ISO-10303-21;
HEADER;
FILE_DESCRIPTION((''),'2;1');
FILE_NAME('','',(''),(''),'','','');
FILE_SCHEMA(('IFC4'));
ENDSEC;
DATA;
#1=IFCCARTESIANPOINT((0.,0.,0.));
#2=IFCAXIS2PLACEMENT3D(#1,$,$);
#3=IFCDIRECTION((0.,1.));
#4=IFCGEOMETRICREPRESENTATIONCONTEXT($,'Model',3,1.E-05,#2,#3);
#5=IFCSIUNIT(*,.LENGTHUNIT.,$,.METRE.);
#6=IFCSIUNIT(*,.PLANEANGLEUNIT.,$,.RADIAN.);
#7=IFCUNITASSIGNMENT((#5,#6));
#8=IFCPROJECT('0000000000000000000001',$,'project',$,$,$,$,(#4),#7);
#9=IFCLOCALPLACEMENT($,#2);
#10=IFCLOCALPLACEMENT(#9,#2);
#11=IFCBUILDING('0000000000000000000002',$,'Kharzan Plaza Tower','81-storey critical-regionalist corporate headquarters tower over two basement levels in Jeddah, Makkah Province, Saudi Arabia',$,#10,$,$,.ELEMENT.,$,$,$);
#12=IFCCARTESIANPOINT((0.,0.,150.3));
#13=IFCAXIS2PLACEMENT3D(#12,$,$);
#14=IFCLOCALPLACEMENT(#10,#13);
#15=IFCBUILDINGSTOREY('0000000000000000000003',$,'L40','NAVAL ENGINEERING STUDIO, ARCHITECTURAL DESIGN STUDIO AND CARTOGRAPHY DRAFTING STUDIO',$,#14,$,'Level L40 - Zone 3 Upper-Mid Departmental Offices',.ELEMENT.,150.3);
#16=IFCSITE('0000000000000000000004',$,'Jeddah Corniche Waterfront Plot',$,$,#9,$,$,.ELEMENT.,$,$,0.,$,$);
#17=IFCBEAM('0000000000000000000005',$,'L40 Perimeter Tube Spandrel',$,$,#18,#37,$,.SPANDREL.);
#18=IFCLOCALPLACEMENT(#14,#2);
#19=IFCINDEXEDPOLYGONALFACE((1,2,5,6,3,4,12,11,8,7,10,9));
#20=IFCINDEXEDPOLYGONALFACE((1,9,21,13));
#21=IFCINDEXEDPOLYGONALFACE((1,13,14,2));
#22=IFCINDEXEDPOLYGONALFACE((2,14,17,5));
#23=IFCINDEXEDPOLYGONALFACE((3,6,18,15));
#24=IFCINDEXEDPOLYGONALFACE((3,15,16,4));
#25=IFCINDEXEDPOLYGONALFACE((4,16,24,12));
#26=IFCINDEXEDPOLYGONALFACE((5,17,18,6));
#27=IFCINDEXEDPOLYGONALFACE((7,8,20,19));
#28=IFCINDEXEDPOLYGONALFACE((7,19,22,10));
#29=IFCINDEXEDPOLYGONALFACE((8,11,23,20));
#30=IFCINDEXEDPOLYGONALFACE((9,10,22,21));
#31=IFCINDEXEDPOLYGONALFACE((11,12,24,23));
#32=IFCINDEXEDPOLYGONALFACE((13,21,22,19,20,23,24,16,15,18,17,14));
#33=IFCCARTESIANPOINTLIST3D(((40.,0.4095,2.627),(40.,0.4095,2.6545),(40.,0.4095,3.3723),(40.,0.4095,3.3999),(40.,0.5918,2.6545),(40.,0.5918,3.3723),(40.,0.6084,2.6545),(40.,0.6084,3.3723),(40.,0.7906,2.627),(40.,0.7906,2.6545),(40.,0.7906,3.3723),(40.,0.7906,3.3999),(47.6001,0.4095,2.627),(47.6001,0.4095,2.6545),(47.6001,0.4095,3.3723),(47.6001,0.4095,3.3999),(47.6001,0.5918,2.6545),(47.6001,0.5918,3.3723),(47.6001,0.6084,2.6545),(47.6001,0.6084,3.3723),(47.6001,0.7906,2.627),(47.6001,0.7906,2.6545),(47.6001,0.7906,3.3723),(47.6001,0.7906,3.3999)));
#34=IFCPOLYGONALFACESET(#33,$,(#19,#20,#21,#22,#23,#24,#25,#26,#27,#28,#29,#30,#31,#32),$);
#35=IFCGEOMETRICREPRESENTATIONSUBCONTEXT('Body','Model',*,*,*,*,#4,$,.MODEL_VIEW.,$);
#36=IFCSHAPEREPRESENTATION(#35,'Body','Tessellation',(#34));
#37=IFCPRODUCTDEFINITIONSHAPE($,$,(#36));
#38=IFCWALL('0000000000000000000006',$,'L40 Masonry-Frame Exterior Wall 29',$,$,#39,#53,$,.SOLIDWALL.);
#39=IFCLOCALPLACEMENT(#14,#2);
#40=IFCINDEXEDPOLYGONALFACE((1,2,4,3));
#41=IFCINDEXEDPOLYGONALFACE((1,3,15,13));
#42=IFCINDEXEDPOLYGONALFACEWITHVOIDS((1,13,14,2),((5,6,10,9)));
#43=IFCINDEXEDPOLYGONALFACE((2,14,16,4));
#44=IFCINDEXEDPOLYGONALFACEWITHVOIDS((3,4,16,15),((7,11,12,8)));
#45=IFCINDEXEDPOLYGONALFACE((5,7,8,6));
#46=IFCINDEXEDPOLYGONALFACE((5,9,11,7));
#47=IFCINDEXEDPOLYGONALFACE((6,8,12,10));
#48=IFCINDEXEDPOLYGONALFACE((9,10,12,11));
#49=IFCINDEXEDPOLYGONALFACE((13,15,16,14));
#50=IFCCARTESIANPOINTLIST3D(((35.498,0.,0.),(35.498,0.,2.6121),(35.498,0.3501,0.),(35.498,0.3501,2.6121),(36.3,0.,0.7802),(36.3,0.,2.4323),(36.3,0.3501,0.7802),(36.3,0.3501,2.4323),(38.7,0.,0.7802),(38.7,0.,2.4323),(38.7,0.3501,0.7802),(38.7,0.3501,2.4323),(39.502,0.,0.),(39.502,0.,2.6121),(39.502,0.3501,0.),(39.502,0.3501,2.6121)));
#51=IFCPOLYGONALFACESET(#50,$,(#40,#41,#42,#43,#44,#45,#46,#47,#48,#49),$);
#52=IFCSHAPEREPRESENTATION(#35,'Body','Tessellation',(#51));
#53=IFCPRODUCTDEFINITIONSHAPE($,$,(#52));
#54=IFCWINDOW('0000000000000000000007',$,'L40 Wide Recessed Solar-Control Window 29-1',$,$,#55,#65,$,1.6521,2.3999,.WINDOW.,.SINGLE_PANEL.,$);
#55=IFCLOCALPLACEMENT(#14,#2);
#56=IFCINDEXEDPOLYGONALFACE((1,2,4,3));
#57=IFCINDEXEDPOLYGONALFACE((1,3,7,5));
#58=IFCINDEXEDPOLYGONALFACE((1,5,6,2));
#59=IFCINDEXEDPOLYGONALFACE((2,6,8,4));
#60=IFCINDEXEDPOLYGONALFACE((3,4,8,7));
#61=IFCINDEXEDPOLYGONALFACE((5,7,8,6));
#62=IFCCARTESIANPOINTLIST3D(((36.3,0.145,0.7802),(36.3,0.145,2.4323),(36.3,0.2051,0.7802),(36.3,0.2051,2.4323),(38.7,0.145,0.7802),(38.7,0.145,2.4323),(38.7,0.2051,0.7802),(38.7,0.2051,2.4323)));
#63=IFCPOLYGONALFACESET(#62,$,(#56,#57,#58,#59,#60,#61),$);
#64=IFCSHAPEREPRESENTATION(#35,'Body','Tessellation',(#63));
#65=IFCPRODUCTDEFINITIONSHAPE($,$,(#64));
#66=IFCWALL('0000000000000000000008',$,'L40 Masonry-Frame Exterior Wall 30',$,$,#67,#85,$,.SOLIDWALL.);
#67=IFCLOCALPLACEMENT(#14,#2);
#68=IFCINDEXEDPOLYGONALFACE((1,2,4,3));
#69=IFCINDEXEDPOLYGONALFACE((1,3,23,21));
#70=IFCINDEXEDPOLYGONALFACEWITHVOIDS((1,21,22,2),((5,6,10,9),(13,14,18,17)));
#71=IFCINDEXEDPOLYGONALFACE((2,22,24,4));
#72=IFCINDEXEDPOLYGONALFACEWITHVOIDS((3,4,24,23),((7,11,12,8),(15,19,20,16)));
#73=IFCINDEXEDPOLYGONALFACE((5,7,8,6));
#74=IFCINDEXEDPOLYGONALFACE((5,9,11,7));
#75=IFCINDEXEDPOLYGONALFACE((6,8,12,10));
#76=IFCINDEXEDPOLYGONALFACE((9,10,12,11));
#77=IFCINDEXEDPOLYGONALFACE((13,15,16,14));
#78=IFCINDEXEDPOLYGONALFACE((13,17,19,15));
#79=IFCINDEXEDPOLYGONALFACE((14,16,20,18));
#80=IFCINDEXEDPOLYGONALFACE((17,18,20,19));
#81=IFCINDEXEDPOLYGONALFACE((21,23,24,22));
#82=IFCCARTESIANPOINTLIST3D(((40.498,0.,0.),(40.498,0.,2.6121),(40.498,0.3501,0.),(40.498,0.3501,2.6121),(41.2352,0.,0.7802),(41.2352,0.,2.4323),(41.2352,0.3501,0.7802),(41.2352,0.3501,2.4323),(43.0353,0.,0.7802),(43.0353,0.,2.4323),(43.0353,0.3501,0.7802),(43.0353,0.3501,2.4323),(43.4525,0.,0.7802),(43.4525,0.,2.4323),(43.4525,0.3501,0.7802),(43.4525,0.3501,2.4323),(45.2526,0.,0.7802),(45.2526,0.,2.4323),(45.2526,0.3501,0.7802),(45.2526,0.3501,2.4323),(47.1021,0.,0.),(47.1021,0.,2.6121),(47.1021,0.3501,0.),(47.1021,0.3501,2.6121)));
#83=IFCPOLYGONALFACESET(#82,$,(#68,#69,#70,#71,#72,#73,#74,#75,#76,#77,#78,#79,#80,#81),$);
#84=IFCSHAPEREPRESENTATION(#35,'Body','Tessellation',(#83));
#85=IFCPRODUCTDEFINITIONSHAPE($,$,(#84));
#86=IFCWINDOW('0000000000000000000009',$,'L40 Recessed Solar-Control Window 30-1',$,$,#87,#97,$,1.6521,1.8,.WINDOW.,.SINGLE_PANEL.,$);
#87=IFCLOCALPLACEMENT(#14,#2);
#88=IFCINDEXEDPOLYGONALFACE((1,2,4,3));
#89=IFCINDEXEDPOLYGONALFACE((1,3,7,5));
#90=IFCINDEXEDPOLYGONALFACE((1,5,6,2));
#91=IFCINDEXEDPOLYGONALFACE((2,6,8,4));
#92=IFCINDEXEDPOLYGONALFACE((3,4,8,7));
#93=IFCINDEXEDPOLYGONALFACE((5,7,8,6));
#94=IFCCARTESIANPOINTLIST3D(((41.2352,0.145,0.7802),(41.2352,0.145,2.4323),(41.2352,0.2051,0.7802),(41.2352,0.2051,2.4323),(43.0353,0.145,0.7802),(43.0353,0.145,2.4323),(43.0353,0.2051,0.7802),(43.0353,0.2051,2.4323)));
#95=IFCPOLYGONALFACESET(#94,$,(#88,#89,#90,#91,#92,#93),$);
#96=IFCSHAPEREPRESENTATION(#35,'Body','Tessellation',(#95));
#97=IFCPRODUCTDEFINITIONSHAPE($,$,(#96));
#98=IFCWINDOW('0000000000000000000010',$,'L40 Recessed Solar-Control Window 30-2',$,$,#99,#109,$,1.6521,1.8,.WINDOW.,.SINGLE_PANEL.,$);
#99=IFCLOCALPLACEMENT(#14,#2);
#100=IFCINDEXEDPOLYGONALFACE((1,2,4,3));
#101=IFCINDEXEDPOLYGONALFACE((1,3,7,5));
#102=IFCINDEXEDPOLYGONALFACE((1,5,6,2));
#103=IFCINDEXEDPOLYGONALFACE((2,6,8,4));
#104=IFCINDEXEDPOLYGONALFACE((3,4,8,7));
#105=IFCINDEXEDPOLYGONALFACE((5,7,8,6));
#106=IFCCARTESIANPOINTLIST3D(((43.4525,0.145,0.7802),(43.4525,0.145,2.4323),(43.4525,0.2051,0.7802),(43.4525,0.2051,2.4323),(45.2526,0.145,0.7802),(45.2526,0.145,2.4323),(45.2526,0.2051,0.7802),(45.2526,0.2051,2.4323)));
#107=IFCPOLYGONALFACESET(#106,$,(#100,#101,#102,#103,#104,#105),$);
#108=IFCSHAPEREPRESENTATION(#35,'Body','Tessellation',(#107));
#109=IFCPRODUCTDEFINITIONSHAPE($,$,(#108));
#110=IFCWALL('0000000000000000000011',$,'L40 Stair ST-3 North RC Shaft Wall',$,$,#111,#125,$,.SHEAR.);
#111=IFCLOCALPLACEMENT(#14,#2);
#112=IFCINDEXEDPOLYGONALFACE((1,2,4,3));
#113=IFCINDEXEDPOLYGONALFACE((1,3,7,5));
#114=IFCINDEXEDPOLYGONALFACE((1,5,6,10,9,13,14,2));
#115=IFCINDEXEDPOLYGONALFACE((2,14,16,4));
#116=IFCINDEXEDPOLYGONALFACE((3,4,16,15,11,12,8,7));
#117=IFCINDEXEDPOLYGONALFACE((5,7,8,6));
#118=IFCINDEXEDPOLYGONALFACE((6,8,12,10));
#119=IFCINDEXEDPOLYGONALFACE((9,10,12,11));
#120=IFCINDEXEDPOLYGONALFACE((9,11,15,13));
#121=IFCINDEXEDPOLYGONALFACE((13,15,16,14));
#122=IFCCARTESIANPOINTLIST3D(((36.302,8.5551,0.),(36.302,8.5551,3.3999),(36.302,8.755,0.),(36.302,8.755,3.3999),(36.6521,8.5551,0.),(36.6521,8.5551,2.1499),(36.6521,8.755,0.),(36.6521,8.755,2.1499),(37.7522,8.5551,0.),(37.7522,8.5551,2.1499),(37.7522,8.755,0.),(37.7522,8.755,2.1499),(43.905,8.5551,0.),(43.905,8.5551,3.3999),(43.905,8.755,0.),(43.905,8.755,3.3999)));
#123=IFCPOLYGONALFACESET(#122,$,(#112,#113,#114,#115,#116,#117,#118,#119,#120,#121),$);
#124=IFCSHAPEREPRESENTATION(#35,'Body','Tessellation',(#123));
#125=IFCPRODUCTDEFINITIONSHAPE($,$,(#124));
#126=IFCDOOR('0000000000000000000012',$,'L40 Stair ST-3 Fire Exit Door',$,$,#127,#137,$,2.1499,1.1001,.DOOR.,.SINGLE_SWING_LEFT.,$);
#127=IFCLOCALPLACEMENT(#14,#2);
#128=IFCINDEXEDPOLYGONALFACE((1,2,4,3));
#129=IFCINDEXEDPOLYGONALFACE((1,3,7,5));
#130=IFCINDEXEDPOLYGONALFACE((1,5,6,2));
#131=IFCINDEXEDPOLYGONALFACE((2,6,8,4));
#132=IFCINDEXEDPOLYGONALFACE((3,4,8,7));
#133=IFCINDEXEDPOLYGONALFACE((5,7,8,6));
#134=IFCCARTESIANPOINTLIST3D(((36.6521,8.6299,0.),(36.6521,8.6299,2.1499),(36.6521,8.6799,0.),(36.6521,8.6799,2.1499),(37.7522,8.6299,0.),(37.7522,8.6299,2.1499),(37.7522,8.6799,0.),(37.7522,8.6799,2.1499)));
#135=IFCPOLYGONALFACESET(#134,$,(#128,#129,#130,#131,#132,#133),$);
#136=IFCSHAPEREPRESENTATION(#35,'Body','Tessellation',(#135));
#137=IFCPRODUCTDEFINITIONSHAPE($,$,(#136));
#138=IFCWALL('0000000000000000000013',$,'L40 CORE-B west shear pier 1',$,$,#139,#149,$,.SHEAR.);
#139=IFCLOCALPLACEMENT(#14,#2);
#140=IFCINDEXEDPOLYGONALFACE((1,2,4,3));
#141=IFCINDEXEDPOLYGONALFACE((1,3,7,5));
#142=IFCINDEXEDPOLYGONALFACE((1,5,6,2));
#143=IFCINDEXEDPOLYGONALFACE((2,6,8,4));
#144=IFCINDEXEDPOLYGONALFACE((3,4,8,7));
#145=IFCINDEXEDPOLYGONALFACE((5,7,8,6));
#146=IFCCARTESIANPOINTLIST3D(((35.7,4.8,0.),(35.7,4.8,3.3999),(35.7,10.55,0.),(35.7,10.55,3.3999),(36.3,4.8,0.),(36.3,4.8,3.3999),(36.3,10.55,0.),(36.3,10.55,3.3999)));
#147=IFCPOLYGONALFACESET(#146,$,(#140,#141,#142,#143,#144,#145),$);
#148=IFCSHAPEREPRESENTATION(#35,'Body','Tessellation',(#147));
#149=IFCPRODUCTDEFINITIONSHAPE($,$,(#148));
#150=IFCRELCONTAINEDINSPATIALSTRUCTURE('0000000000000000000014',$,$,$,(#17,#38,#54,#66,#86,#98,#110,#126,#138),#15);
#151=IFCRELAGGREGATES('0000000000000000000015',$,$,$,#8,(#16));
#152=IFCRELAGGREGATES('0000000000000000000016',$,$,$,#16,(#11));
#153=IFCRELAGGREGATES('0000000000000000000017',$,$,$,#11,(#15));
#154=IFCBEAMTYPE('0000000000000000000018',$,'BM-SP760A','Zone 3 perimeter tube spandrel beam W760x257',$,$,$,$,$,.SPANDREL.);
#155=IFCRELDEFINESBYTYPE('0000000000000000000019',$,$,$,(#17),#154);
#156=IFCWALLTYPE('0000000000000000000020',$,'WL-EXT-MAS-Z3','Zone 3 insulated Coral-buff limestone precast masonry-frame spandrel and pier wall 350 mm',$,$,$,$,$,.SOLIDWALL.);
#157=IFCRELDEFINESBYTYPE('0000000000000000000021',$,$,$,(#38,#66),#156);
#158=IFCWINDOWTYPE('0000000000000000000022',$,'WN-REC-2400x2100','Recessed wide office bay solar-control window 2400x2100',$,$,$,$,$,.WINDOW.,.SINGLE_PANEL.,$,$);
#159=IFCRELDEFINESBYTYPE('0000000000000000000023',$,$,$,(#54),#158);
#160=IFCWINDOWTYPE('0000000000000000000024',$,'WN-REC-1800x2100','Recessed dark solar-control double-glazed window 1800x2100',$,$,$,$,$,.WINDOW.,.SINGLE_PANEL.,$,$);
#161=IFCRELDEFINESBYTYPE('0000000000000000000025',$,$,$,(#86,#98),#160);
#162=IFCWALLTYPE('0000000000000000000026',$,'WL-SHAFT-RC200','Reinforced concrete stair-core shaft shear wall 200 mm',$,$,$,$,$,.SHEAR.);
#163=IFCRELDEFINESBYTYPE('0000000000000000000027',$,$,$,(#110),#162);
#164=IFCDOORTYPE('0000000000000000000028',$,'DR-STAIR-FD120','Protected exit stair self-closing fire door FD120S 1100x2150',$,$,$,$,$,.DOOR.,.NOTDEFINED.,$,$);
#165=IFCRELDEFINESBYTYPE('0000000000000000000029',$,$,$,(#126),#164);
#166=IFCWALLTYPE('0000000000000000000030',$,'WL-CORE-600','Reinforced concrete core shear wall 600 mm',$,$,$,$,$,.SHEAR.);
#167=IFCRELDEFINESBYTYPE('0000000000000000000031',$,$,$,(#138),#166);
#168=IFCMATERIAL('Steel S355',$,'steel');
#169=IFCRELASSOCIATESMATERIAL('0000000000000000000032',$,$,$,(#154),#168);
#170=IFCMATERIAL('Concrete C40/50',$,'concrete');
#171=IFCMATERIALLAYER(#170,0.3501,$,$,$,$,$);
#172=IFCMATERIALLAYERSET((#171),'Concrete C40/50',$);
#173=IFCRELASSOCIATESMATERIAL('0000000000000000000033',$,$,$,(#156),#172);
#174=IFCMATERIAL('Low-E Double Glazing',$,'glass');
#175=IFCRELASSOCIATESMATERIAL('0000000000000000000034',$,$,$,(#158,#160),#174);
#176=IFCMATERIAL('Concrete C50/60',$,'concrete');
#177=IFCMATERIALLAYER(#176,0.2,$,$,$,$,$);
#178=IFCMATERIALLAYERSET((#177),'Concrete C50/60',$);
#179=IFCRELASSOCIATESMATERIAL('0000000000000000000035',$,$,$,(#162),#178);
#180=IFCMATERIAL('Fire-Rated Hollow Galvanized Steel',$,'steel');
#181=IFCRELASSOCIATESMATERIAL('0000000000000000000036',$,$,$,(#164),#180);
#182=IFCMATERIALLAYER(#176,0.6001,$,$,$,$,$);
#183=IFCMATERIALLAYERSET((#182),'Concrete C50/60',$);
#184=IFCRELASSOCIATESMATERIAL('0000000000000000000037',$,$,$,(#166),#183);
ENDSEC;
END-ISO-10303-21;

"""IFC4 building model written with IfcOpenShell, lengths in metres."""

from ifc_helpers import new_model, si_unit, direction, frame, frame_2d, origin, origin_2d, place, context, subcontext, project, spatial, rectangle, i_section, extrude, source, transform, mapped, material, layer, layer_set, material_profile, profile_set, type_object, element, fill, save


model = new_model("IFC4")

# Units and contexts
model_context = context("Model", 3, precision=1e-05, world=origin(), true_north=direction((0.0, 1.0)))
body_context = subcontext(model_context, "Body", "Model", "MODEL_VIEW")
ifc_project = project(units=[si_unit("LENGTHUNIT", "METRE"), si_unit("PLANEANGLEUNIT", "RADIAN")], contexts=[model_context])

# Site, building, storey
site_placement = place(None, origin())
site = spatial("IfcSite", under=ifc_project, at=site_placement, Name="Jeddah Corniche Waterfront Plot", CompositionType="ELEMENT", RefElevation=0.0)
building_placement = place(site_placement, origin())
building = spatial("IfcBuilding", under=site, at=building_placement, Name="Kharzan Plaza Tower", Description="81-storey critical-regionalist corporate headquarters tower over two basement levels in Jeddah, Makkah Province, Saudi Arabia", CompositionType="ELEMENT")
storey_placement = place(building_placement, frame((0.0, 0.0, 150.3)))
storey = spatial("IfcBuildingStorey", under=building, at=storey_placement, Name="L40", Description="NAVAL ENGINEERING STUDIO, ARCHITECTURAL DESIGN STUDIO AND CARTOGRAPHY DRAFTING STUDIO", LongName="Level L40 - Zone 3 Upper-Mid Departmental Offices", CompositionType="ELEMENT", Elevation=150.3)

# Shared definitions
ifc_material_1 = material(Name="Concrete C50/60", Category="concrete")

# Beam
ifc_material_2 = material(Name="Steel S355", Category="steel")
ifc_material_profile_1 = material_profile(ifc_material_2, i_section(OverallWidth=0.3811, OverallDepth=0.7729, WebThickness=0.0166, FlangeThickness=0.0276, at=origin_2d()), Name="W760x257")
ifc_profile_set_1 = profile_set([ifc_material_profile_1], Name="Steel S355")
beam_type_1 = type_object("IfcBeamType", Name="BM-SP760A", Description="Zone 3 perimeter tube spandrel beam W760x257", PredefinedType="SPANDREL", material=ifc_profile_set_1)
shared_shape_1 = source(origin(), body_context, "Body", "SweptSolid", [
    extrude(i_section(OverallWidth=0.3811, OverallDepth=0.7729, WebThickness=0.0166, FlangeThickness=0.0276, at=origin_2d()), origin(), (0.0, 0.0, 1.0), 7.6001),
])
beam_1_placement = place(storey_placement, frame((40.0, 0.6001, 3.0134), z_axis=(1.0, 0.0, 0.0), x_axis=(0.0, 1.0, 0.0)))
element("IfcBeam", 1, at=beam_1_placement, inside=storey, type_object=beam_type_1, Name="L40 Perimeter Tube Spandrel", PredefinedType="SPANDREL", context=body_context, shape_type="MappedRepresentation", body=[
    mapped(shared_shape_1, transform((0.0, 0.0, 0.0), x_axis=(1.0, 0.0, 0.0), y_axis=(0.0, 1.0, 0.0), z_axis=(0.0, 0.0, 1.0))),
])

# Wall, opening, window
ifc_material_3 = material(Name="Concrete C40/50", Category="concrete")
ifc_layer_1 = layer(ifc_material_3, 0.3501)
ifc_layer_set_1 = layer_set([ifc_layer_1], Name="Concrete C40/50")
wall_type_1 = type_object("IfcWallType", Name="WL-EXT-MAS-Z3", Description="Zone 3 insulated Coral-buff limestone precast masonry-frame spandrel and pier wall 350 mm", PredefinedType="SOLIDWALL", material=ifc_layer_set_1)
wall_1_placement = place(storey_placement, frame((35.498, 0.175, 0.0), z_axis=(0.0, 0.0, 1.0), x_axis=(1.0, 0.0, 0.0)))
wall_1 = element("IfcWall", 2, at=wall_1_placement, inside=storey, type_object=wall_type_1, Name="L40 Masonry-Frame Exterior Wall 29", PredefinedType="SOLIDWALL", context=body_context, shape_type="SweptSolid", body=[
    extrude(rectangle(XDim=4.0039, YDim=0.3501, at=frame_2d((2.002, 0.0))), origin(), (0.0, 0.0, 1.0), 2.6121),
])
opening_1_placement = place(wall_1_placement, frame((0.802, 0.0, 0.78)))
opening_1 = element("IfcOpeningElement", 3, at=opening_1_placement, cuts=wall_1, PredefinedType="OPENING", context=body_context, shape_type="SweptSolid", body=[
    extrude(rectangle(XDim=2.3999, YDim=1.6521, at=frame_2d((1.2, 0.8262))), frame((0.0, 0.1851, 0.0), z_axis=(0.0, -1.0, 0.0), x_axis=(1.0, 0.0, 0.0)), (0.0, 0.0, 1.0), 0.3701),
])
ifc_material_4 = material(Name="Low-E Double Glazing", Category="glass")
window_type_1 = type_object("IfcWindowType", Name="WN-REC-2400x2100", Description="Recessed wide office bay solar-control window 2400x2100", PartitioningType="SINGLE_PANEL", PredefinedType="WINDOW", material=ifc_material_4)
shared_shape_2 = source(origin(), body_context, "Body", "SweptSolid", [
    extrude(rectangle(XDim=2.3999, YDim=1.6521, at=frame_2d((1.2, 0.8262))), frame((0.0, 0.03, 0.0), z_axis=(0.0, -1.0, 0.0), x_axis=(1.0, 0.0, 0.0)), (0.0, 0.0, 1.0), 0.0601),
])
window_1_placement = place(opening_1_placement, origin())
window_1 = element("IfcWindow", 4, at=window_1_placement, inside=storey, type_object=window_type_1, Name="L40 Wide Recessed Solar-Control Window 29-1", OverallHeight=1.6521, OverallWidth=2.3999, PartitioningType="SINGLE_PANEL", PredefinedType="WINDOW", context=body_context, shape_type="MappedRepresentation", body=[
    mapped(shared_shape_2, transform((0.0, 0.0, 0.0), x_axis=(1.0, 0.0, 0.0), y_axis=(0.0, 1.0, 0.0), z_axis=(0.0, 0.0, 1.0))),
])
fill(opening_1, window_1)

# Wall, openings, windows
wall_2_placement = place(storey_placement, frame((40.498, 0.175, 0.0), z_axis=(0.0, 0.0, 1.0), x_axis=(1.0, 0.0, 0.0)))
wall_2 = element("IfcWall", 5, at=wall_2_placement, inside=storey, type_object=wall_type_1, Name="L40 Masonry-Frame Exterior Wall 30", PredefinedType="SOLIDWALL", context=body_context, shape_type="SweptSolid", body=[
    extrude(rectangle(XDim=6.604, YDim=0.3501, at=frame_2d((3.302, 0.0))), origin(), (0.0, 0.0, 1.0), 2.6121),
])
opening_2_placement = place(wall_2_placement, frame((0.7373, 0.0, 0.78)))
opening_2 = element("IfcOpeningElement", 6, at=opening_2_placement, cuts=wall_2, PredefinedType="OPENING", context=body_context, shape_type="SweptSolid", body=[
    extrude(rectangle(XDim=1.8, YDim=1.6521, at=frame_2d((0.8999, 0.8262))), frame((0.0, 0.1851, 0.0), z_axis=(0.0, -1.0, 0.0), x_axis=(1.0, 0.0, 0.0)), (0.0, 0.0, 1.0), 0.3701),
])
opening_3_placement = place(wall_2_placement, frame((2.9546, 0.0, 0.78)))
opening_3 = element("IfcOpeningElement", 7, at=opening_3_placement, cuts=wall_2, PredefinedType="OPENING", context=body_context, shape_type="SweptSolid", body=[
    extrude(rectangle(XDim=1.8, YDim=1.6521, at=frame_2d((0.8999, 0.8262))), frame((0.0, 0.1851, 0.0), z_axis=(0.0, -1.0, 0.0), x_axis=(1.0, 0.0, 0.0)), (0.0, 0.0, 1.0), 0.3701),
])
window_type_2 = type_object("IfcWindowType", Name="WN-REC-1800x2100", Description="Recessed dark solar-control double-glazed window 1800x2100", PartitioningType="SINGLE_PANEL", PredefinedType="WINDOW", material=ifc_material_4)
shared_shape_3 = source(origin(), body_context, "Body", "SweptSolid", [
    extrude(rectangle(XDim=1.8, YDim=1.6521, at=frame_2d((0.8999, 0.8262))), frame((0.0, 0.03, 0.0), z_axis=(0.0, -1.0, 0.0), x_axis=(1.0, 0.0, 0.0)), (0.0, 0.0, 1.0), 0.0601),
])
window_2_placement = place(opening_2_placement, origin())
window_2 = element("IfcWindow", 8, at=window_2_placement, inside=storey, type_object=window_type_2, Name="L40 Recessed Solar-Control Window 30-1", OverallHeight=1.6521, OverallWidth=1.8, PartitioningType="SINGLE_PANEL", PredefinedType="WINDOW", context=body_context, shape_type="MappedRepresentation", body=[
    mapped(shared_shape_3, transform((0.0, 0.0, 0.0), x_axis=(1.0, 0.0, 0.0), y_axis=(0.0, 1.0, 0.0), z_axis=(0.0, 0.0, 1.0))),
])
fill(opening_2, window_2)
window_3_placement = place(opening_3_placement, origin())
window_3 = element("IfcWindow", 9, at=window_3_placement, inside=storey, type_object=window_type_2, Name="L40 Recessed Solar-Control Window 30-2", OverallHeight=1.6521, OverallWidth=1.8, PartitioningType="SINGLE_PANEL", PredefinedType="WINDOW", context=body_context, shape_type="MappedRepresentation", body=[
    mapped(shared_shape_3, transform((0.0, 0.0, 0.0), x_axis=(1.0, 0.0, 0.0), y_axis=(0.0, 1.0, 0.0), z_axis=(0.0, 0.0, 1.0))),
])
fill(opening_3, window_3)

# Wall, opening, door
ifc_layer_2 = layer(ifc_material_1, 0.2)
ifc_layer_set_2 = layer_set([ifc_layer_2], Name="Concrete C50/60")
wall_type_2 = type_object("IfcWallType", Name="WL-SHAFT-RC200", Description="Reinforced concrete stair-core shaft shear wall 200 mm", PredefinedType="SHEAR", material=ifc_layer_set_2)
wall_3_placement = place(storey_placement, frame((36.302, 8.655, 0.0), z_axis=(0.0, 0.0, 1.0), x_axis=(1.0, 0.0, 0.0)))
wall_3 = element("IfcWall", 10, at=wall_3_placement, inside=storey, type_object=wall_type_2, Name="L40 Stair ST-3 North RC Shaft Wall", PredefinedType="SHEAR", context=body_context, shape_type="SweptSolid", body=[
    extrude(rectangle(XDim=7.603, YDim=0.2, at=frame_2d((3.8015, 0.0))), origin(), (0.0, 0.0, 1.0), 3.3999),
])
opening_4_placement = place(wall_3_placement, frame((0.3501, 0.0, 0.0)))
opening_4 = element("IfcOpeningElement", 11, at=opening_4_placement, cuts=wall_3, PredefinedType="OPENING", context=body_context, shape_type="SweptSolid", body=[
    extrude(rectangle(XDim=1.1001, YDim=2.1499, at=frame_2d((0.55, 1.075))), frame((0.0, 0.1099, 0.0), z_axis=(0.0, -1.0, 0.0), x_axis=(1.0, 0.0, 0.0)), (0.0, 0.0, 1.0), 0.22),
])
ifc_material_5 = material(Name="Fire-Rated Hollow Galvanized Steel", Category="steel")
door_type = type_object("IfcDoorType", Name="DR-STAIR-FD120", Description="Protected exit stair self-closing fire door FD120S 1100x2150", OperationType="NOTDEFINED", PredefinedType="DOOR", material=ifc_material_5)
shared_shape_4 = source(origin(), body_context, "Body", "SweptSolid", [
    extrude(rectangle(XDim=1.1001, YDim=2.1499, at=frame_2d((0.55, 1.075))), frame((0.0, 0.0249, 0.0), z_axis=(0.0, -1.0, 0.0), x_axis=(1.0, 0.0, 0.0)), (0.0, 0.0, 1.0), 0.05),
])
door_placement = place(opening_4_placement, origin())
door = element("IfcDoor", 12, at=door_placement, inside=storey, type_object=door_type, Name="L40 Stair ST-3 Fire Exit Door", OperationType="SINGLE_SWING_LEFT", OverallHeight=2.1499, OverallWidth=1.1001, PredefinedType="DOOR", context=body_context, shape_type="MappedRepresentation", body=[
    mapped(shared_shape_4, transform((0.0, 0.0, 0.0), x_axis=(1.0, 0.0, 0.0), y_axis=(0.0, 1.0, 0.0), z_axis=(0.0, 0.0, 1.0))),
])
fill(opening_4, door)

# Wall
ifc_layer_3 = layer(ifc_material_1, 0.6001)
ifc_layer_set_3 = layer_set([ifc_layer_3], Name="Concrete C50/60")
wall_type_3 = type_object("IfcWallType", Name="WL-CORE-600", Description="Reinforced concrete core shear wall 600 mm", PredefinedType="SHEAR", material=ifc_layer_set_3)
shared_shape_5 = source(origin(), body_context, "Body", "SweptSolid", [
    extrude(rectangle(XDim=5.75, YDim=0.6001, at=frame_2d((2.875, 0.0))), origin(), (0.0, 0.0, 1.0), 3.3999),
])
wall_4_placement = place(storey_placement, frame((36.0, 4.8, 0.0), z_axis=(0.0, 0.0, 1.0), x_axis=(0.0, 1.0, 0.0)))
element("IfcWall", 13, at=wall_4_placement, inside=storey, type_object=wall_type_3, Name="L40 CORE-B west shear pier 1", PredefinedType="SHEAR", context=body_context, shape_type="MappedRepresentation", body=[
    mapped(shared_shape_5, transform((0.0, 0.0, 0.0), x_axis=(1.0, 0.0, 0.0), y_axis=(0.0, 1.0, 0.0), z_axis=(0.0, 0.0, 1.0))),
])

save(model, "model.ifc")
